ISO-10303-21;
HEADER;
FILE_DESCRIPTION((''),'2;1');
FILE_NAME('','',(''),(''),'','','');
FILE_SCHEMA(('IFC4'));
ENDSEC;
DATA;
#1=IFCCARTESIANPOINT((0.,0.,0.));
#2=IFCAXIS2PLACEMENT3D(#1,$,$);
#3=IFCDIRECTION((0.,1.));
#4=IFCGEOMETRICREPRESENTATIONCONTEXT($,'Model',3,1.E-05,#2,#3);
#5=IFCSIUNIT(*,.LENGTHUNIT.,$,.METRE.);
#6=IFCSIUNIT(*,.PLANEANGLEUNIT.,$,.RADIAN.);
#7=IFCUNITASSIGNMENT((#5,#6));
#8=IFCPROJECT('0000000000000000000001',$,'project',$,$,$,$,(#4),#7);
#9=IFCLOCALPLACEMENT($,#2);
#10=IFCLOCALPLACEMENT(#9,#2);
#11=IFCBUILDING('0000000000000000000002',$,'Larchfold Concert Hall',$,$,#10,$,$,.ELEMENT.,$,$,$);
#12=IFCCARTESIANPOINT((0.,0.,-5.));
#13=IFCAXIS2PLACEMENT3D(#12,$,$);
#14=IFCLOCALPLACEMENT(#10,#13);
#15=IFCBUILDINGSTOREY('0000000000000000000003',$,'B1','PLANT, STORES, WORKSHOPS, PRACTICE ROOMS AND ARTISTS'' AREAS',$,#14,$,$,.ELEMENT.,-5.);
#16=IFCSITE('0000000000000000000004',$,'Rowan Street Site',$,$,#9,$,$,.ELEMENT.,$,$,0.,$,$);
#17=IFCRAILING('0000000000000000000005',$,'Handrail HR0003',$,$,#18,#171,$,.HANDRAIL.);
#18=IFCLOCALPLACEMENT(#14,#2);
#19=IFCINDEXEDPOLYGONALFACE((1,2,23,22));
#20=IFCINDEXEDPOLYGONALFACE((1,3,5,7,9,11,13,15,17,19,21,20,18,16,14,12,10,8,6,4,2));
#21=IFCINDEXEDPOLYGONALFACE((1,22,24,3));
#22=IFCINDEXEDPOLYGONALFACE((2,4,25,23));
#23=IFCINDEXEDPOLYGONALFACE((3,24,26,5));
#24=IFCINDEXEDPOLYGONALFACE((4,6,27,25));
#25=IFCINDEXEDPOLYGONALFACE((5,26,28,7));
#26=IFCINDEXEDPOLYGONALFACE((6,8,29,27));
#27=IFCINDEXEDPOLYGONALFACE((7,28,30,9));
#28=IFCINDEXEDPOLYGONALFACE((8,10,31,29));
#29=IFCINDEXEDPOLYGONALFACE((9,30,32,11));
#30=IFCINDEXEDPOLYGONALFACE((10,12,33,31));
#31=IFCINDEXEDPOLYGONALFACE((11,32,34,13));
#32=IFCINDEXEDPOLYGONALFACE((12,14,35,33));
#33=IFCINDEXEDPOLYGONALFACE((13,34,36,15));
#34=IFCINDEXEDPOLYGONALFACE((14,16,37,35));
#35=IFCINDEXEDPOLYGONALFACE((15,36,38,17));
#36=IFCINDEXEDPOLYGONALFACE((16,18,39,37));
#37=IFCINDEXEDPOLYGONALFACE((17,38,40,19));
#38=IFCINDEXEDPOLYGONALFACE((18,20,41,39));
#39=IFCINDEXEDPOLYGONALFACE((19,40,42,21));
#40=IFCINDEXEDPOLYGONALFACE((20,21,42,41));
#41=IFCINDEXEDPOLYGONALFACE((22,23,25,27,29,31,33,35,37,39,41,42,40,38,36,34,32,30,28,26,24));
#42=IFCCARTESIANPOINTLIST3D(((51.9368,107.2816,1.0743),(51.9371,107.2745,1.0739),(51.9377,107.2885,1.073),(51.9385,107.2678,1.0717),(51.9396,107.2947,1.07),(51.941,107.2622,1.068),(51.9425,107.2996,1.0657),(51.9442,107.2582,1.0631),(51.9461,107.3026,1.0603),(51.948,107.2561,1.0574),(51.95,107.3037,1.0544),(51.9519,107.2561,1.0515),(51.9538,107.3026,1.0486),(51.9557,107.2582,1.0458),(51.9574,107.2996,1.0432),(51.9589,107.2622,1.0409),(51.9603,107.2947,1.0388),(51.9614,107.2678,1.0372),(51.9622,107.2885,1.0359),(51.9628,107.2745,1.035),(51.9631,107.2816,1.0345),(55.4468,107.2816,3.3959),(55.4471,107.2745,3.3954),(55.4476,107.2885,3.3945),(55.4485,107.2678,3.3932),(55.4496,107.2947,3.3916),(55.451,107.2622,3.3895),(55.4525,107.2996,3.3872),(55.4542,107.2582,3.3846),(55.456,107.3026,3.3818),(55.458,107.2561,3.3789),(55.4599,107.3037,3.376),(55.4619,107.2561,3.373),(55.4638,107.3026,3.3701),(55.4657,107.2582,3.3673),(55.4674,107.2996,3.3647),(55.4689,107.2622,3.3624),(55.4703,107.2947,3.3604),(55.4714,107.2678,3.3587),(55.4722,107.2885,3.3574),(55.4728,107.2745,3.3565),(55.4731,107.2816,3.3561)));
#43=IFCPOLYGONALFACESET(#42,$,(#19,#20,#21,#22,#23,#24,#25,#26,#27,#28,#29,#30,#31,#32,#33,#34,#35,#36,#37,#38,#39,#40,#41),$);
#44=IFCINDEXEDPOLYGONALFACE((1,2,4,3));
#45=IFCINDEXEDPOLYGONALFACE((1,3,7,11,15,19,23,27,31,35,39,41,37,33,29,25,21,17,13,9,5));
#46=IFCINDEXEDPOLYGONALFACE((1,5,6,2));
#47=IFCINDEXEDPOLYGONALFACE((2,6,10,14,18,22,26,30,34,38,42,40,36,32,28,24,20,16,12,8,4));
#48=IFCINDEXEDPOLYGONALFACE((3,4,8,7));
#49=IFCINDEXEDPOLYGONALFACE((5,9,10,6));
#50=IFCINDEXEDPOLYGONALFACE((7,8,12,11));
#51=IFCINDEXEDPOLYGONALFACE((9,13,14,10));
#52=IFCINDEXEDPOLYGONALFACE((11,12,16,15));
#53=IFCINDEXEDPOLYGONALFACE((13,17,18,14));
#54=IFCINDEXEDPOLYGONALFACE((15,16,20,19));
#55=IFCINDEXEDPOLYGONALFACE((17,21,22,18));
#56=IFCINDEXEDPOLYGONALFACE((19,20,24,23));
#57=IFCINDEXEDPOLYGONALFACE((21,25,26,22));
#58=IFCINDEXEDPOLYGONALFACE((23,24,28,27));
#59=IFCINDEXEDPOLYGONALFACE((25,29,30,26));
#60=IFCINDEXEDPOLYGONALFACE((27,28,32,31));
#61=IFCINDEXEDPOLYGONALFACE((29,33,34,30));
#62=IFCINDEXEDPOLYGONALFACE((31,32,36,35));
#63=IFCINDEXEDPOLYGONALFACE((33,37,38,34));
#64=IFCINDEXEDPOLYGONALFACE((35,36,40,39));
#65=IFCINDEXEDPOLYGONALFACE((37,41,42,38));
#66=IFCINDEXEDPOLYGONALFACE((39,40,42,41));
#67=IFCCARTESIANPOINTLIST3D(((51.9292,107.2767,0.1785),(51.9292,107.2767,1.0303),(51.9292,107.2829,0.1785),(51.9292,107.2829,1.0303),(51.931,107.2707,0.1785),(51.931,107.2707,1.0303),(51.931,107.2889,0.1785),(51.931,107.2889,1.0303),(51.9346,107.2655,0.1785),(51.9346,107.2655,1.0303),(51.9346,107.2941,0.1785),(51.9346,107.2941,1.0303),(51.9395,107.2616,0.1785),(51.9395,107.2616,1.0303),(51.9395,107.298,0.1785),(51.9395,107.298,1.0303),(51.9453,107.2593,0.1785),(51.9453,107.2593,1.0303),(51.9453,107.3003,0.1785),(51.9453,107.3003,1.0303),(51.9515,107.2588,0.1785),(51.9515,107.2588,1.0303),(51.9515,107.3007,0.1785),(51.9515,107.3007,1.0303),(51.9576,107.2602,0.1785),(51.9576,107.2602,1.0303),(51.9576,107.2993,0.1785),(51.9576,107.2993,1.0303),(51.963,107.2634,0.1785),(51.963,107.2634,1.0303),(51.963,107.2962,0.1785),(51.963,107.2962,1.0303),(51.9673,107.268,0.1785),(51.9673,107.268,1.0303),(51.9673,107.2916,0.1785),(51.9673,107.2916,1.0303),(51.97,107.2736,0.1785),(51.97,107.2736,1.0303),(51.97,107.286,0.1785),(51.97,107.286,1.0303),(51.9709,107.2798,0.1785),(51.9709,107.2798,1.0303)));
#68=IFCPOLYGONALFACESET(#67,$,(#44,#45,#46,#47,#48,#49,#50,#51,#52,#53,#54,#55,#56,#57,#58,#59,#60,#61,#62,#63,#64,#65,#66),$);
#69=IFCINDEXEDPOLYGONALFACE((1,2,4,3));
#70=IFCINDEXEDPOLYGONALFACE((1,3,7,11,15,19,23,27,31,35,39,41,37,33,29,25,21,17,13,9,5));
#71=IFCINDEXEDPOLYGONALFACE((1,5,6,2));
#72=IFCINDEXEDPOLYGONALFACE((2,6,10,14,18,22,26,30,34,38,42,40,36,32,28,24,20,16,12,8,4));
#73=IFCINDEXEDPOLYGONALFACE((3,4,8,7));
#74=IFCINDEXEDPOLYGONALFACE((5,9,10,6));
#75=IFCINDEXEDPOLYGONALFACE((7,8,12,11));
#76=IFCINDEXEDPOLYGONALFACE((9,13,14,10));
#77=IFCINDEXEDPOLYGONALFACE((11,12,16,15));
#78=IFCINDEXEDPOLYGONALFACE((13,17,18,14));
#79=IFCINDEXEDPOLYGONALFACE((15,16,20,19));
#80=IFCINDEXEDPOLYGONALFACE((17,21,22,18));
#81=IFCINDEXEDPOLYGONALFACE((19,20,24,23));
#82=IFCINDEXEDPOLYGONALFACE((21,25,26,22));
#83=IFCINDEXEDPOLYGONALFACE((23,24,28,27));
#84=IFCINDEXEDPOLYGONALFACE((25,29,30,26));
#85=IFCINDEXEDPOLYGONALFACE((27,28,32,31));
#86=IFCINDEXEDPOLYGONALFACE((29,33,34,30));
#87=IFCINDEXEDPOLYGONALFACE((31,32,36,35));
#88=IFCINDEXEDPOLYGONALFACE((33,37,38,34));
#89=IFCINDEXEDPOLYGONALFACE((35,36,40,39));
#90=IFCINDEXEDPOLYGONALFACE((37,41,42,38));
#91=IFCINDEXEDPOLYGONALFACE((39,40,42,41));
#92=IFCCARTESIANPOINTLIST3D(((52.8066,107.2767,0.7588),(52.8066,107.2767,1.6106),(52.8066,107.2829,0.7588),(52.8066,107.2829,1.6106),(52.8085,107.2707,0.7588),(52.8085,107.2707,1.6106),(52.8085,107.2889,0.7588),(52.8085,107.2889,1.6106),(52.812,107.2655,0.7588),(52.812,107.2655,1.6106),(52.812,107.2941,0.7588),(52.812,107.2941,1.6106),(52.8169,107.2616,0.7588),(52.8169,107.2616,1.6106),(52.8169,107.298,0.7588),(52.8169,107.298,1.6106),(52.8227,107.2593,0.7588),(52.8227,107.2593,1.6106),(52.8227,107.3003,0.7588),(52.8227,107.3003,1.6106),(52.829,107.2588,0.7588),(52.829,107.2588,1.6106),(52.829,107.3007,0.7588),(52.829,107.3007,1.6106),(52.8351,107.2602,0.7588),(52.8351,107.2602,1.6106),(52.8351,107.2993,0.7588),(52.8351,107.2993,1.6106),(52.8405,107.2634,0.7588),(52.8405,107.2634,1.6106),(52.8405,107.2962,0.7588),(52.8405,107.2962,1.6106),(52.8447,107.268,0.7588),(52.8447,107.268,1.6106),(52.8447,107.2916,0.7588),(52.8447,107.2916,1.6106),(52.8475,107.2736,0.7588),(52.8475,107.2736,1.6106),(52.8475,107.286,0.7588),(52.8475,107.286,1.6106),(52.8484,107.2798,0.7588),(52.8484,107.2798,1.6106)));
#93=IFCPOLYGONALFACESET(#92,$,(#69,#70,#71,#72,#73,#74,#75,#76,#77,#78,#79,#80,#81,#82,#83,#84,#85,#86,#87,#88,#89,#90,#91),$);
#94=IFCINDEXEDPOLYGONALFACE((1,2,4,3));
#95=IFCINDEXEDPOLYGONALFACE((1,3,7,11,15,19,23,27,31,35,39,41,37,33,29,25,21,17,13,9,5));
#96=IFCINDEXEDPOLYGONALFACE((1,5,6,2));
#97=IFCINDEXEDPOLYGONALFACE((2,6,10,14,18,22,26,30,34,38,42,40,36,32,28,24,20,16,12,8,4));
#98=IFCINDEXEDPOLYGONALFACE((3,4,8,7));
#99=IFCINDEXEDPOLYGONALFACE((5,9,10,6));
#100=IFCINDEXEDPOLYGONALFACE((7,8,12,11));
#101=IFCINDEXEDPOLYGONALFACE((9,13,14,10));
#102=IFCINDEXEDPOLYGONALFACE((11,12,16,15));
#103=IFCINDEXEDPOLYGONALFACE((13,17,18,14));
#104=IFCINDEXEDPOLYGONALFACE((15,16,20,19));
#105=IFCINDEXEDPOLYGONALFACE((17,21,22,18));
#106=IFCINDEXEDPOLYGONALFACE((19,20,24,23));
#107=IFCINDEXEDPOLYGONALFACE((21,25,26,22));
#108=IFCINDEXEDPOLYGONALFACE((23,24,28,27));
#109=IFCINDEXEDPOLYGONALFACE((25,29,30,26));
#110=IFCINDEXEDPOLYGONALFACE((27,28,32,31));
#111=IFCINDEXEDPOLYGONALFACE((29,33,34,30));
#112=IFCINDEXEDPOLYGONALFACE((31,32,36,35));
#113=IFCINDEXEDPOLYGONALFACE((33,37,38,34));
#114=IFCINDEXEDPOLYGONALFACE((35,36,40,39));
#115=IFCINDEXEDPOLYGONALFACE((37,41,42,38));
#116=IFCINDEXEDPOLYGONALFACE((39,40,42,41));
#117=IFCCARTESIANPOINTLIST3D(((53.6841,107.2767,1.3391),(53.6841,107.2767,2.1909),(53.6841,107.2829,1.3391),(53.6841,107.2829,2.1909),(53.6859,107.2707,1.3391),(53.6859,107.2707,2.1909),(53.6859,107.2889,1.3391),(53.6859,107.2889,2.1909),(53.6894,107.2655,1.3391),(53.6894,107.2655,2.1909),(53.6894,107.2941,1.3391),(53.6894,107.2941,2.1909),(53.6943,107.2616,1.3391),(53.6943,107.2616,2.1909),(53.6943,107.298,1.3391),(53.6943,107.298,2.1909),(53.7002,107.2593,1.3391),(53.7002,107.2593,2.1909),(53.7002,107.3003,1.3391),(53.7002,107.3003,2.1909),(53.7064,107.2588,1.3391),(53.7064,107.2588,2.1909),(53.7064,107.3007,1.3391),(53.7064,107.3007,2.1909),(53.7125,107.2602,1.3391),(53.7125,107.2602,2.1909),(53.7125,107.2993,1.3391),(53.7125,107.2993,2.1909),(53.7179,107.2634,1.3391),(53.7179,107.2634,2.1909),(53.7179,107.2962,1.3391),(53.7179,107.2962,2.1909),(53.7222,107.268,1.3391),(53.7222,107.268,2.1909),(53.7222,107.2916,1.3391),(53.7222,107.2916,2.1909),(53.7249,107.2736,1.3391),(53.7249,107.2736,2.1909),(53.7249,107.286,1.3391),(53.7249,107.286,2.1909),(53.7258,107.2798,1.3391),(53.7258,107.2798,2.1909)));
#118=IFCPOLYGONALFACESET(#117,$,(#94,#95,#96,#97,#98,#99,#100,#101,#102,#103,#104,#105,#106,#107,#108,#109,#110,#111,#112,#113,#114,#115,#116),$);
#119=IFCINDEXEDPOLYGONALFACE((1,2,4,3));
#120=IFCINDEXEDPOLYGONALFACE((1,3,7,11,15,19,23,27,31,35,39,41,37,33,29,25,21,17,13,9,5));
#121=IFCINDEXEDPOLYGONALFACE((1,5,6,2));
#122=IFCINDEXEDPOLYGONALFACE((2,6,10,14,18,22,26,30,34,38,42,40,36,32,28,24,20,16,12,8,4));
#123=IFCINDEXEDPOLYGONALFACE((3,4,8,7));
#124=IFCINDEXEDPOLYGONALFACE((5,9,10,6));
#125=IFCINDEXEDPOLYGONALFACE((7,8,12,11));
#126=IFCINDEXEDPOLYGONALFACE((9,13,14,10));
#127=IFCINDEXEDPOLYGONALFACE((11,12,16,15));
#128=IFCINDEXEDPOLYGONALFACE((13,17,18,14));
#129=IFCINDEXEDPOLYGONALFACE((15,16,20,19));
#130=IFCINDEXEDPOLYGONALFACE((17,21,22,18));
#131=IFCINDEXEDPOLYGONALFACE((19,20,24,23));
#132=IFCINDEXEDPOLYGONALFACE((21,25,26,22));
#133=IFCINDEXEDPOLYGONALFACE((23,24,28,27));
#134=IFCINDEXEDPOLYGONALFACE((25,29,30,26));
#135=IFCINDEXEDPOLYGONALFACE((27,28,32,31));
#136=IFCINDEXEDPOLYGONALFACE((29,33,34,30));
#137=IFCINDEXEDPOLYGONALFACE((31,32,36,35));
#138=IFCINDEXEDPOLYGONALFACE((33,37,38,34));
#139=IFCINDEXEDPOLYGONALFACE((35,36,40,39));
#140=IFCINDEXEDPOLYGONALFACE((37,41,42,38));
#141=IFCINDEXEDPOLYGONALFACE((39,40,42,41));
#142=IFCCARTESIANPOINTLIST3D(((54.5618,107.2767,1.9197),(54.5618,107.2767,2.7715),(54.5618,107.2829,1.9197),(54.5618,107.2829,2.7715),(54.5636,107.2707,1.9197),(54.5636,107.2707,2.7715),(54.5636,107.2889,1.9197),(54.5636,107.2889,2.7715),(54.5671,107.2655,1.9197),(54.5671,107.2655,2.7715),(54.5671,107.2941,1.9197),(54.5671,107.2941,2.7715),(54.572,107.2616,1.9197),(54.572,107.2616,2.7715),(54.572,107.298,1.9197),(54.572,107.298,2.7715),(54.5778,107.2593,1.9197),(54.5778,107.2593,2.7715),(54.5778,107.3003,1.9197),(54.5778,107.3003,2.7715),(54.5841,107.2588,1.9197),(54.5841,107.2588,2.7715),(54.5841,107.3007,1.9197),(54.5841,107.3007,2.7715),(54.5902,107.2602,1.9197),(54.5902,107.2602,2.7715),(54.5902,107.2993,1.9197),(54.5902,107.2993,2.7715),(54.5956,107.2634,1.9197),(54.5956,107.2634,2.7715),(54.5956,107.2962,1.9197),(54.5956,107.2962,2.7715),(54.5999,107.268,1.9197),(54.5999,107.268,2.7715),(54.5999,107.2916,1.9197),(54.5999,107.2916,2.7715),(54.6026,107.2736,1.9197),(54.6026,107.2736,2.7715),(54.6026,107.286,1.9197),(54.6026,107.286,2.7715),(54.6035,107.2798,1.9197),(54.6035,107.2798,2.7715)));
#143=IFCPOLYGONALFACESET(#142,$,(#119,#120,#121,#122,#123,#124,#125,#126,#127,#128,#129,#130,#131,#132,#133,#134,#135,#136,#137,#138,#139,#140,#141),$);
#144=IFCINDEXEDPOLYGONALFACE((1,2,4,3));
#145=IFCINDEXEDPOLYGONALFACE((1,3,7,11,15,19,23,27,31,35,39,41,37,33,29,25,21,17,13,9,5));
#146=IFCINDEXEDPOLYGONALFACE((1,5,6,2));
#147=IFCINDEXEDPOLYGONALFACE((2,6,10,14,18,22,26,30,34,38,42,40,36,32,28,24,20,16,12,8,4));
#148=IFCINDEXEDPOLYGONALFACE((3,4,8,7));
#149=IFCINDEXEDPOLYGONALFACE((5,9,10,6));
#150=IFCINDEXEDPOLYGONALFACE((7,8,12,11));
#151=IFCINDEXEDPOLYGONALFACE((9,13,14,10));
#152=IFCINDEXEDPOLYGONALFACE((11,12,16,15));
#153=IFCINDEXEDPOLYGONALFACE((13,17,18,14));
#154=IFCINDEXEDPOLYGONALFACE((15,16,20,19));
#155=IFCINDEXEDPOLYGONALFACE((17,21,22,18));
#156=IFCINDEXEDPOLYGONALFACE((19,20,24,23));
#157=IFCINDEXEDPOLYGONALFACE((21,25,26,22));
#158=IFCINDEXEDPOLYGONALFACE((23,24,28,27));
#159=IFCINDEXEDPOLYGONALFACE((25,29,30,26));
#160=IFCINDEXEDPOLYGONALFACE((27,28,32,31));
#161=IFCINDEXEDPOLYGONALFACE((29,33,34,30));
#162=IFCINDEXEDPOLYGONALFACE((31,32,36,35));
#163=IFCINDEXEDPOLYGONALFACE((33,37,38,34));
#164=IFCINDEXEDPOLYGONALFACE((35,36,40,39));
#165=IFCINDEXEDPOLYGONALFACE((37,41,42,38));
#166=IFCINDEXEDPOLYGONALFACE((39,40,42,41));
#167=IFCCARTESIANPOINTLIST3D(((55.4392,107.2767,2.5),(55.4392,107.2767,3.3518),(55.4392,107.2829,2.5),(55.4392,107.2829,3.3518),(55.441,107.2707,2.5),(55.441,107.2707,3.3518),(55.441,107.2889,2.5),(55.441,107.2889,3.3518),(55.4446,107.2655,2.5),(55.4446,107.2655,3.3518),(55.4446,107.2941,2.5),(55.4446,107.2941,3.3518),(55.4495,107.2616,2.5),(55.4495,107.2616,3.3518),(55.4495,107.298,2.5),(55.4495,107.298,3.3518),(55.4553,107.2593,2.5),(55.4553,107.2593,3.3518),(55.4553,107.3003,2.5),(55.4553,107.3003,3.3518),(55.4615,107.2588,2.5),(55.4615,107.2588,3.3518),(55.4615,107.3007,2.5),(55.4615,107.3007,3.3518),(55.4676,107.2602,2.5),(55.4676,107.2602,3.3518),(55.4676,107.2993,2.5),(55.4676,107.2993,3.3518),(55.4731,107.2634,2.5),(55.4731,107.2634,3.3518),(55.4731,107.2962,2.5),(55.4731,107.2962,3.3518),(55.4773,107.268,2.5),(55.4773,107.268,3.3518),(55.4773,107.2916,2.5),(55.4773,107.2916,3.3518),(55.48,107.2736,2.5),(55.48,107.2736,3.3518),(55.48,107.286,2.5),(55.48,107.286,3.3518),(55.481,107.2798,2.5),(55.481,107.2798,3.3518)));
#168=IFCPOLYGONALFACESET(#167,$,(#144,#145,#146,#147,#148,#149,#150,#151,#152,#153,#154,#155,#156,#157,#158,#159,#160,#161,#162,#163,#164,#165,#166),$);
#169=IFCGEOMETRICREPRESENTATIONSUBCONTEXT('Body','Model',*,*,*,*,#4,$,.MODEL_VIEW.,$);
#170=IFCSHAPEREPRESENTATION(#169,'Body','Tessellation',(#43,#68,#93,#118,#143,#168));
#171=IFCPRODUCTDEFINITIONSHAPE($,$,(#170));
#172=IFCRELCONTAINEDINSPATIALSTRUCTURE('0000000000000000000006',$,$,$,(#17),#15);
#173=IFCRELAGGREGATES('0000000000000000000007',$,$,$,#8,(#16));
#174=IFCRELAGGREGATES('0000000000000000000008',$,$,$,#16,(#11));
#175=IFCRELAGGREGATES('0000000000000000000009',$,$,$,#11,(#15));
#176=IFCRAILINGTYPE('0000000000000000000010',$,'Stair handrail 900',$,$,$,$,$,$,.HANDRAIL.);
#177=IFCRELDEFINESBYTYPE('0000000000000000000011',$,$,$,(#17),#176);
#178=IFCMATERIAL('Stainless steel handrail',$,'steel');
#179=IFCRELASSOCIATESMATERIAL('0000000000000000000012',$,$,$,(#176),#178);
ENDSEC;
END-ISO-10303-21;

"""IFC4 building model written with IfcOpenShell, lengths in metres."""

from ifc_helpers import new_model, si_unit, direction, frame, origin, origin_2d, place, context, subcontext, project, spatial, circle, extrude, material, type_object, element, save


model = new_model("IFC4")

# Units and contexts
model_context = context("Model", 3, precision=1e-05, world=origin(), true_north=direction((0.0, 1.0)))
body_context = subcontext(model_context, "Body", "Model", "MODEL_VIEW")
ifc_project = project(units=[si_unit("LENGTHUNIT", "METRE"), si_unit("PLANEANGLEUNIT", "RADIAN")], contexts=[model_context])

# Site, building, storey
site_placement = place(None, origin())
site = spatial("IfcSite", under=ifc_project, at=site_placement, Name="Rowan Street Site", CompositionType="ELEMENT", RefElevation=0.0)
building_placement = place(site_placement, origin())
building = spatial("IfcBuilding", under=site, at=building_placement, Name="Larchfold Concert Hall", CompositionType="ELEMENT")
storey_placement = place(building_placement, frame((0.0, 0.0, -5.0)))
storey = spatial("IfcBuildingStorey", under=building, at=storey_placement, Name="B1", Description="PLANT, STORES, WORKSHOPS, PRACTICE ROOMS AND ARTISTS' AREAS", CompositionType="ELEMENT", Elevation=-5.0)

# Railing
ifc_material_1 = material(Name="Stainless steel handrail", Category="steel")
railing_type_1 = type_object("IfcRailingType", Name="Stair handrail 900", PredefinedType="HANDRAIL", material=ifc_material_1)
for number, where, name in (
    (1, (51.95, 107.2798, 0.1785), "Handrail HR0003"),
):
    element("IfcRailing", number, at=place(storey_placement, frame(where)), inside=storey, type_object=railing_type_1, Name=name, PredefinedType="HANDRAIL", context=body_context, shape_type="SweptSolid", body=[
        extrude(circle(Radius=0.0239, at=origin_2d()), frame((0.0, 0.0, 0.876), z_axis=(0.834071, 0.0, 0.551657), x_axis=(0.0, 1.0, 0.0)), (0.0, 0.0, 1.0), 4.2083),
        extrude(circle(Radius=0.021, at=origin_2d()), origin(), (0.0, 0.0, 1.0), 0.8518),
        extrude(circle(Radius=0.021, at=origin_2d()), frame((0.8774, 0.0, 0.5803)), (0.0, 0.0, 1.0), 0.8518),
        extrude(circle(Radius=0.021, at=origin_2d()), frame((1.7549, 0.0, 1.1606)), (0.0, 0.0, 1.0), 0.8518),
        extrude(circle(Radius=0.021, at=origin_2d()), frame((2.6326, 0.0, 1.7412)), (0.0, 0.0, 1.0), 0.8518),
        extrude(circle(Radius=0.021, at=origin_2d()), frame((3.51, 0.0, 2.3215)), (0.0, 0.0, 1.0), 0.8518),
    ])

save(model, "model.ifc")
